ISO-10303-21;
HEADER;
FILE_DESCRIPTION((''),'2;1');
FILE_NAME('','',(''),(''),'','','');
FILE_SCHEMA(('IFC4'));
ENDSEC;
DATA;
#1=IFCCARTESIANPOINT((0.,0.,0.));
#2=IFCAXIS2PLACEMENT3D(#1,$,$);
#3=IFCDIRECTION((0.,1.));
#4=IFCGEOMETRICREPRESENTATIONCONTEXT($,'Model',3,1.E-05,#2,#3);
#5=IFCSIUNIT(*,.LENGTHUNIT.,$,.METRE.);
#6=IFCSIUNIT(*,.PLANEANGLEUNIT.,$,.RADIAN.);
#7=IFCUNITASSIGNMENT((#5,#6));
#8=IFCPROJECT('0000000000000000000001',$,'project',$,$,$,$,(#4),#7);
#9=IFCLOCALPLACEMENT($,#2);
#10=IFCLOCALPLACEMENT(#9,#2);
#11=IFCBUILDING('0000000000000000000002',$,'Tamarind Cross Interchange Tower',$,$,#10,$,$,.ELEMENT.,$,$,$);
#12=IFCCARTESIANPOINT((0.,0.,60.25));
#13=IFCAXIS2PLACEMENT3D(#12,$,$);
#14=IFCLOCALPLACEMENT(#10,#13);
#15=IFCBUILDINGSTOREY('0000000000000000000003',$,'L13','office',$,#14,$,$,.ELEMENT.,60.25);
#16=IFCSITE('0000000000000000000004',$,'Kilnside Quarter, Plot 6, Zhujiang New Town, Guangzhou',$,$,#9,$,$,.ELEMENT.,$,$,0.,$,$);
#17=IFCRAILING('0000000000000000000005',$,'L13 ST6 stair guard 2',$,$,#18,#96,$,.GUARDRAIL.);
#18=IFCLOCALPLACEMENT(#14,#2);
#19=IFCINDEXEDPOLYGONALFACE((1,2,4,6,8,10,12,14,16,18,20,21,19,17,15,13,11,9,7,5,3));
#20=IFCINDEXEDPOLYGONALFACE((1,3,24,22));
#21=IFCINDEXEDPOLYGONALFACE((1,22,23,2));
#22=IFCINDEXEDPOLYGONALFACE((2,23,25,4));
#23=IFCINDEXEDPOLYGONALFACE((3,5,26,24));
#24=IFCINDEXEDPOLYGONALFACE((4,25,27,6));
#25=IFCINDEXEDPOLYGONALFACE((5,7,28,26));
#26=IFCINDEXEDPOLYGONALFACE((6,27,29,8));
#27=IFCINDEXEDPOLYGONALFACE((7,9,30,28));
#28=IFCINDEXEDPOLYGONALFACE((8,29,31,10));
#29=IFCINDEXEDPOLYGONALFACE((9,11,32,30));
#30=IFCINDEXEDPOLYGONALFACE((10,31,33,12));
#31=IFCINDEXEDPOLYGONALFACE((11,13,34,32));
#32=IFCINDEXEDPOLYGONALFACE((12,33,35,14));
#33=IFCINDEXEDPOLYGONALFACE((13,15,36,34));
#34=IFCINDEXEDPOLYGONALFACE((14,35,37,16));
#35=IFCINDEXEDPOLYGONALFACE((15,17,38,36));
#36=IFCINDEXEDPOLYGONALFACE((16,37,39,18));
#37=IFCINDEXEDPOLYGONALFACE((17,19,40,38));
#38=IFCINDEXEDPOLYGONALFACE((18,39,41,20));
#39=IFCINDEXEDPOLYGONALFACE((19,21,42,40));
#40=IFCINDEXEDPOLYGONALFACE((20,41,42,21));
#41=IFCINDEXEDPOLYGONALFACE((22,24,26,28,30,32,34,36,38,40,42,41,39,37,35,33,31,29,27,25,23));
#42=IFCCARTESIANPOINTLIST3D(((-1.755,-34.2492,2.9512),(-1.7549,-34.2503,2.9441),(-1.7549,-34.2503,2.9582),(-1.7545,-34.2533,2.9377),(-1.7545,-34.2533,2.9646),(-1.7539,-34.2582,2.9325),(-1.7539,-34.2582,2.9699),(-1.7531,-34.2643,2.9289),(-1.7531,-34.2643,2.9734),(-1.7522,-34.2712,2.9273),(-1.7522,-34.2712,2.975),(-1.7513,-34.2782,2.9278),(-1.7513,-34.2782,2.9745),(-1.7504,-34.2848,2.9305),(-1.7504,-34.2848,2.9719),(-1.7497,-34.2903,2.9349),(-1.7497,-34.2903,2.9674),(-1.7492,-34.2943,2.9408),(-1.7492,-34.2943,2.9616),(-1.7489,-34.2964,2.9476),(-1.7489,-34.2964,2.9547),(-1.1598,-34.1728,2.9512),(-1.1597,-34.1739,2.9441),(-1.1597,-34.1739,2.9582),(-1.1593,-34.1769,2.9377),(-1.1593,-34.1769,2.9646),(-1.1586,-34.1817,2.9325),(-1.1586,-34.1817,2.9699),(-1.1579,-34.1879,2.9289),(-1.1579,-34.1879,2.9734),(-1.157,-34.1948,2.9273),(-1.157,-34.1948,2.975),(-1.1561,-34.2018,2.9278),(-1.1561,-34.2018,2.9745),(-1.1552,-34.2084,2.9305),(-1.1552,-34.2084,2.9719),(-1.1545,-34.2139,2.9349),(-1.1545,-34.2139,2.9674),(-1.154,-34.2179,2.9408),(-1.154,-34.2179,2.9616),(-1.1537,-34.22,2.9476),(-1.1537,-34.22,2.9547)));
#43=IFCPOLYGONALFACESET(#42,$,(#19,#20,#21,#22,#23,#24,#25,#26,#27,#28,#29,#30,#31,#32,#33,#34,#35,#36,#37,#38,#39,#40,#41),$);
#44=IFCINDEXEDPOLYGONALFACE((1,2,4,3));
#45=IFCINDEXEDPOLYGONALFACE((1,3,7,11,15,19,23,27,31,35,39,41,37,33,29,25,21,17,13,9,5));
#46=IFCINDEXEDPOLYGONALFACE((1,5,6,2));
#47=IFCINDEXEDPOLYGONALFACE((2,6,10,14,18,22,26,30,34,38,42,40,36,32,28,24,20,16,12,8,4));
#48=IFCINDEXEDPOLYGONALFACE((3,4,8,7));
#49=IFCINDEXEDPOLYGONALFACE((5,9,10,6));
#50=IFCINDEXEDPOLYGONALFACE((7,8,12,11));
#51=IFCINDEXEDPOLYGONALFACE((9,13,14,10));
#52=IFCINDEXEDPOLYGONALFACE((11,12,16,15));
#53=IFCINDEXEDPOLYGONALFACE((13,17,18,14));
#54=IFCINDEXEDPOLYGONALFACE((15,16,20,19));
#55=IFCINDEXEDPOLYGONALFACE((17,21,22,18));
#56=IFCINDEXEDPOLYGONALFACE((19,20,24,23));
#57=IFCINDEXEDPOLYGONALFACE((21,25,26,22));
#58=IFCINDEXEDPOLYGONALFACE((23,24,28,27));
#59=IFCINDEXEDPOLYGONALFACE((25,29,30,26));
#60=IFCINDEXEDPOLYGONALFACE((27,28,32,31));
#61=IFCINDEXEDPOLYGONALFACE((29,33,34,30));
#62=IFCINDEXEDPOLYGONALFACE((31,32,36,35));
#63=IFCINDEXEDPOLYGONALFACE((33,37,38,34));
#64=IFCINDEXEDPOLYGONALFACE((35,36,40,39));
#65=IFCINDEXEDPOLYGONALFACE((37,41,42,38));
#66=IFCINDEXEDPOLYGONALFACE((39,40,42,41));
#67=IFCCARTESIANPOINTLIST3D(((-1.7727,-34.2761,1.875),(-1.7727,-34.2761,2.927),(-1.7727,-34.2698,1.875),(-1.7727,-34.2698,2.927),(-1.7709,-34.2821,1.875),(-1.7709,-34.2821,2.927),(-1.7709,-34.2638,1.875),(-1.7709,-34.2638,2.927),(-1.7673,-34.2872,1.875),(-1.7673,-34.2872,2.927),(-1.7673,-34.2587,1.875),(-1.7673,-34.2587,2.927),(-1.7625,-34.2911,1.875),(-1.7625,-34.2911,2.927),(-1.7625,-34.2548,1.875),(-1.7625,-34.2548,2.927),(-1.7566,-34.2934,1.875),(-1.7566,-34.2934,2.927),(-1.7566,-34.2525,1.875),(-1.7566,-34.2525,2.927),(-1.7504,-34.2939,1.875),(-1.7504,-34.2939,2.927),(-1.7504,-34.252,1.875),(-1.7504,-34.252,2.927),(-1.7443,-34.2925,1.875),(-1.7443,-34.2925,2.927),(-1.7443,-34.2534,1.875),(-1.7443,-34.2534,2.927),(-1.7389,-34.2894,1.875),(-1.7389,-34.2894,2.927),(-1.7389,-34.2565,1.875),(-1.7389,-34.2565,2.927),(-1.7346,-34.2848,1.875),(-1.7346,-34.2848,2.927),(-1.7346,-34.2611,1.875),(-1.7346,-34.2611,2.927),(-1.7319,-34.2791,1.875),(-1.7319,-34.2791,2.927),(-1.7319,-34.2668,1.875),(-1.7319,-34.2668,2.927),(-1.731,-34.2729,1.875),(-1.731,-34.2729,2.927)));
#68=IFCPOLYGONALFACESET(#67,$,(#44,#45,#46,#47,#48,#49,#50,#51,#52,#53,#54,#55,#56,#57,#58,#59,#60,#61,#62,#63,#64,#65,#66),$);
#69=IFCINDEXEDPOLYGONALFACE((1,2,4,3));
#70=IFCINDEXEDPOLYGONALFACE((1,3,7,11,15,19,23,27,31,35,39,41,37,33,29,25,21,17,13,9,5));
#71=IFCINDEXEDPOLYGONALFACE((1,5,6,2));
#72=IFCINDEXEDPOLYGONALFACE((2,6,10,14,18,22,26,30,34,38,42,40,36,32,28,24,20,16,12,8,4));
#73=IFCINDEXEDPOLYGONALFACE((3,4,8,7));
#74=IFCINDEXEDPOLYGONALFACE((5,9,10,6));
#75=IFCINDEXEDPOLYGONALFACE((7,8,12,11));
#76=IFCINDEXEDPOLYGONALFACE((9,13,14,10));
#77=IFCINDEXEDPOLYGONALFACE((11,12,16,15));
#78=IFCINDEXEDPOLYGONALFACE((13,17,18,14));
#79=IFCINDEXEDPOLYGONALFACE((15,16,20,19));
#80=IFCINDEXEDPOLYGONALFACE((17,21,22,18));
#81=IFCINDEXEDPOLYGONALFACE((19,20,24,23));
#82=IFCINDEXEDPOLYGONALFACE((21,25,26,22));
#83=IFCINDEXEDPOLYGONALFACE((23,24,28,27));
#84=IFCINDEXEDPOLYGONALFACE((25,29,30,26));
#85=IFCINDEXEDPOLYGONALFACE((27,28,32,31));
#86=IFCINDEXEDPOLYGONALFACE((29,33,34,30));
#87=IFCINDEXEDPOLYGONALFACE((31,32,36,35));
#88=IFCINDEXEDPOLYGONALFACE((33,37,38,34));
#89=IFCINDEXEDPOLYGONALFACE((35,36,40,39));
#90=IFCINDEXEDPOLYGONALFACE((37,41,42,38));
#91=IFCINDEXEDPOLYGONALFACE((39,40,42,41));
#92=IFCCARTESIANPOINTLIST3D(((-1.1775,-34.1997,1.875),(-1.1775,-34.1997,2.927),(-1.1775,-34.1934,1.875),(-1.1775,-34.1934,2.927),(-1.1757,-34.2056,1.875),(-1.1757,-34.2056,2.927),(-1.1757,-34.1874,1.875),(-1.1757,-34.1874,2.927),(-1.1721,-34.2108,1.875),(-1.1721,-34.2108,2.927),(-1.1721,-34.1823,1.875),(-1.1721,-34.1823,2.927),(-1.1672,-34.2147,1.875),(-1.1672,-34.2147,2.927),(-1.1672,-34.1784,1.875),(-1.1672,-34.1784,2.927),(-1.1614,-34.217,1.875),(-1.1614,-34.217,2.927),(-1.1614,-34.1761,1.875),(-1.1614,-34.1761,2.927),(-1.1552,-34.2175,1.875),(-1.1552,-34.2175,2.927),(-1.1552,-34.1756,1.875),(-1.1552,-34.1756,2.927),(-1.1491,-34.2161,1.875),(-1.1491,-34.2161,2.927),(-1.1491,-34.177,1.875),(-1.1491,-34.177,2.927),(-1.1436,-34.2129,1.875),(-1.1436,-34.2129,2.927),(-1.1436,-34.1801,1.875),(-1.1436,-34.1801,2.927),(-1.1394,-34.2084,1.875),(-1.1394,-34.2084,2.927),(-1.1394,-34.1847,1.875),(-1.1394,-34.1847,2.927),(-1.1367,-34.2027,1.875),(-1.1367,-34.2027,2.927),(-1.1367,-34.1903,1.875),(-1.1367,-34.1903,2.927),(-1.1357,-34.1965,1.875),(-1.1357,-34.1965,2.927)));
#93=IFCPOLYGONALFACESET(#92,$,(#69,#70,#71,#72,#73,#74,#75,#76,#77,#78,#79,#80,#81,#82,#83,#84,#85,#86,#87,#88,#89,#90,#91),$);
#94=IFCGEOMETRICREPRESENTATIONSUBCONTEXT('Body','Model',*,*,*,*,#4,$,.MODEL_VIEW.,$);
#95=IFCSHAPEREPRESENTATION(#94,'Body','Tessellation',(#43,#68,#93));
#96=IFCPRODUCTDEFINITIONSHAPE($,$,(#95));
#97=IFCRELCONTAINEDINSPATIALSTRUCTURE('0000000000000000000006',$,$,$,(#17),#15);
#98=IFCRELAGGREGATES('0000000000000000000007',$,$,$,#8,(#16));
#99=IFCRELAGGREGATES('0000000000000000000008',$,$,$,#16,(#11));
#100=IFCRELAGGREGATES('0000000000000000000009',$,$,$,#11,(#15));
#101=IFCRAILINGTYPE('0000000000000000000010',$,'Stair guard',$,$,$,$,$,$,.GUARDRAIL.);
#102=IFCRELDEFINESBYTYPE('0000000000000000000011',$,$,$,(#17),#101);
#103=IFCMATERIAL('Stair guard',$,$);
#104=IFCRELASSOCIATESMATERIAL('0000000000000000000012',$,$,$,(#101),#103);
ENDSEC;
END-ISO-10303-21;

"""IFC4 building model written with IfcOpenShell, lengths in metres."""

from ifc_helpers import new_model, si_unit, direction, frame, origin, origin_2d, place, context, subcontext, project, spatial, circle, extrude, material, type_object, element, save


model = new_model("IFC4")

# Units and contexts
model_context = context("Model", 3, precision=1e-05, world=origin(), true_north=direction((0.0, 1.0)))
body_context = subcontext(model_context, "Body", "Model", "MODEL_VIEW")
ifc_project = project(units=[si_unit("LENGTHUNIT", "METRE"), si_unit("PLANEANGLEUNIT", "RADIAN")], contexts=[model_context])

# Site, building, storey
site_placement = place(None, origin())
site = spatial("IfcSite", under=ifc_project, at=site_placement, Name="Kilnside Quarter, Plot 6, Zhujiang New Town, Guangzhou", CompositionType="ELEMENT", RefElevation=0.0)
building_placement = place(site_placement, origin())
building = spatial("IfcBuilding", under=site, at=building_placement, Name="Tamarind Cross Interchange Tower", CompositionType="ELEMENT")
storey_placement = place(building_placement, frame((0.0, 0.0, 60.25)))
storey = spatial("IfcBuildingStorey", under=building, at=storey_placement, Name="L13", Description="office", CompositionType="ELEMENT", Elevation=60.25)

# Railing
ifc_material_1 = material(Name="Stair guard")
railing_type_1 = type_object("IfcRailingType", Name="Stair guard", PredefinedType="GUARDRAIL", material=ifc_material_1)
railing_1_placement = place(storey_placement, frame((-1.752, -34.2729, 1.875)))
element("IfcRailing", 1, at=railing_1_placement, inside=storey, type_object=railing_type_1, Name="L13 ST6 stair guard 2", PredefinedType="GUARDRAIL", context=body_context, shape_type="SweptSolid", body=[
    extrude(circle(Radius=0.0239, at=origin_2d()), frame((0.0, 0.0, 1.0762), z_axis=(0.991859, 0.127339, 0.0), x_axis=(-0.127339, 0.991859, 0.0)), (0.0, 0.0, 1.0), 0.6001),
    extrude(circle(Radius=0.021, at=origin_2d()), origin(), (0.0, 0.0, 1.0), 1.052),
    extrude(circle(Radius=0.021, at=origin_2d()), frame((0.5952, 0.0764, 0.0)), (0.0, 0.0, 1.0), 1.052),
])

save(model, "model.ifc")
